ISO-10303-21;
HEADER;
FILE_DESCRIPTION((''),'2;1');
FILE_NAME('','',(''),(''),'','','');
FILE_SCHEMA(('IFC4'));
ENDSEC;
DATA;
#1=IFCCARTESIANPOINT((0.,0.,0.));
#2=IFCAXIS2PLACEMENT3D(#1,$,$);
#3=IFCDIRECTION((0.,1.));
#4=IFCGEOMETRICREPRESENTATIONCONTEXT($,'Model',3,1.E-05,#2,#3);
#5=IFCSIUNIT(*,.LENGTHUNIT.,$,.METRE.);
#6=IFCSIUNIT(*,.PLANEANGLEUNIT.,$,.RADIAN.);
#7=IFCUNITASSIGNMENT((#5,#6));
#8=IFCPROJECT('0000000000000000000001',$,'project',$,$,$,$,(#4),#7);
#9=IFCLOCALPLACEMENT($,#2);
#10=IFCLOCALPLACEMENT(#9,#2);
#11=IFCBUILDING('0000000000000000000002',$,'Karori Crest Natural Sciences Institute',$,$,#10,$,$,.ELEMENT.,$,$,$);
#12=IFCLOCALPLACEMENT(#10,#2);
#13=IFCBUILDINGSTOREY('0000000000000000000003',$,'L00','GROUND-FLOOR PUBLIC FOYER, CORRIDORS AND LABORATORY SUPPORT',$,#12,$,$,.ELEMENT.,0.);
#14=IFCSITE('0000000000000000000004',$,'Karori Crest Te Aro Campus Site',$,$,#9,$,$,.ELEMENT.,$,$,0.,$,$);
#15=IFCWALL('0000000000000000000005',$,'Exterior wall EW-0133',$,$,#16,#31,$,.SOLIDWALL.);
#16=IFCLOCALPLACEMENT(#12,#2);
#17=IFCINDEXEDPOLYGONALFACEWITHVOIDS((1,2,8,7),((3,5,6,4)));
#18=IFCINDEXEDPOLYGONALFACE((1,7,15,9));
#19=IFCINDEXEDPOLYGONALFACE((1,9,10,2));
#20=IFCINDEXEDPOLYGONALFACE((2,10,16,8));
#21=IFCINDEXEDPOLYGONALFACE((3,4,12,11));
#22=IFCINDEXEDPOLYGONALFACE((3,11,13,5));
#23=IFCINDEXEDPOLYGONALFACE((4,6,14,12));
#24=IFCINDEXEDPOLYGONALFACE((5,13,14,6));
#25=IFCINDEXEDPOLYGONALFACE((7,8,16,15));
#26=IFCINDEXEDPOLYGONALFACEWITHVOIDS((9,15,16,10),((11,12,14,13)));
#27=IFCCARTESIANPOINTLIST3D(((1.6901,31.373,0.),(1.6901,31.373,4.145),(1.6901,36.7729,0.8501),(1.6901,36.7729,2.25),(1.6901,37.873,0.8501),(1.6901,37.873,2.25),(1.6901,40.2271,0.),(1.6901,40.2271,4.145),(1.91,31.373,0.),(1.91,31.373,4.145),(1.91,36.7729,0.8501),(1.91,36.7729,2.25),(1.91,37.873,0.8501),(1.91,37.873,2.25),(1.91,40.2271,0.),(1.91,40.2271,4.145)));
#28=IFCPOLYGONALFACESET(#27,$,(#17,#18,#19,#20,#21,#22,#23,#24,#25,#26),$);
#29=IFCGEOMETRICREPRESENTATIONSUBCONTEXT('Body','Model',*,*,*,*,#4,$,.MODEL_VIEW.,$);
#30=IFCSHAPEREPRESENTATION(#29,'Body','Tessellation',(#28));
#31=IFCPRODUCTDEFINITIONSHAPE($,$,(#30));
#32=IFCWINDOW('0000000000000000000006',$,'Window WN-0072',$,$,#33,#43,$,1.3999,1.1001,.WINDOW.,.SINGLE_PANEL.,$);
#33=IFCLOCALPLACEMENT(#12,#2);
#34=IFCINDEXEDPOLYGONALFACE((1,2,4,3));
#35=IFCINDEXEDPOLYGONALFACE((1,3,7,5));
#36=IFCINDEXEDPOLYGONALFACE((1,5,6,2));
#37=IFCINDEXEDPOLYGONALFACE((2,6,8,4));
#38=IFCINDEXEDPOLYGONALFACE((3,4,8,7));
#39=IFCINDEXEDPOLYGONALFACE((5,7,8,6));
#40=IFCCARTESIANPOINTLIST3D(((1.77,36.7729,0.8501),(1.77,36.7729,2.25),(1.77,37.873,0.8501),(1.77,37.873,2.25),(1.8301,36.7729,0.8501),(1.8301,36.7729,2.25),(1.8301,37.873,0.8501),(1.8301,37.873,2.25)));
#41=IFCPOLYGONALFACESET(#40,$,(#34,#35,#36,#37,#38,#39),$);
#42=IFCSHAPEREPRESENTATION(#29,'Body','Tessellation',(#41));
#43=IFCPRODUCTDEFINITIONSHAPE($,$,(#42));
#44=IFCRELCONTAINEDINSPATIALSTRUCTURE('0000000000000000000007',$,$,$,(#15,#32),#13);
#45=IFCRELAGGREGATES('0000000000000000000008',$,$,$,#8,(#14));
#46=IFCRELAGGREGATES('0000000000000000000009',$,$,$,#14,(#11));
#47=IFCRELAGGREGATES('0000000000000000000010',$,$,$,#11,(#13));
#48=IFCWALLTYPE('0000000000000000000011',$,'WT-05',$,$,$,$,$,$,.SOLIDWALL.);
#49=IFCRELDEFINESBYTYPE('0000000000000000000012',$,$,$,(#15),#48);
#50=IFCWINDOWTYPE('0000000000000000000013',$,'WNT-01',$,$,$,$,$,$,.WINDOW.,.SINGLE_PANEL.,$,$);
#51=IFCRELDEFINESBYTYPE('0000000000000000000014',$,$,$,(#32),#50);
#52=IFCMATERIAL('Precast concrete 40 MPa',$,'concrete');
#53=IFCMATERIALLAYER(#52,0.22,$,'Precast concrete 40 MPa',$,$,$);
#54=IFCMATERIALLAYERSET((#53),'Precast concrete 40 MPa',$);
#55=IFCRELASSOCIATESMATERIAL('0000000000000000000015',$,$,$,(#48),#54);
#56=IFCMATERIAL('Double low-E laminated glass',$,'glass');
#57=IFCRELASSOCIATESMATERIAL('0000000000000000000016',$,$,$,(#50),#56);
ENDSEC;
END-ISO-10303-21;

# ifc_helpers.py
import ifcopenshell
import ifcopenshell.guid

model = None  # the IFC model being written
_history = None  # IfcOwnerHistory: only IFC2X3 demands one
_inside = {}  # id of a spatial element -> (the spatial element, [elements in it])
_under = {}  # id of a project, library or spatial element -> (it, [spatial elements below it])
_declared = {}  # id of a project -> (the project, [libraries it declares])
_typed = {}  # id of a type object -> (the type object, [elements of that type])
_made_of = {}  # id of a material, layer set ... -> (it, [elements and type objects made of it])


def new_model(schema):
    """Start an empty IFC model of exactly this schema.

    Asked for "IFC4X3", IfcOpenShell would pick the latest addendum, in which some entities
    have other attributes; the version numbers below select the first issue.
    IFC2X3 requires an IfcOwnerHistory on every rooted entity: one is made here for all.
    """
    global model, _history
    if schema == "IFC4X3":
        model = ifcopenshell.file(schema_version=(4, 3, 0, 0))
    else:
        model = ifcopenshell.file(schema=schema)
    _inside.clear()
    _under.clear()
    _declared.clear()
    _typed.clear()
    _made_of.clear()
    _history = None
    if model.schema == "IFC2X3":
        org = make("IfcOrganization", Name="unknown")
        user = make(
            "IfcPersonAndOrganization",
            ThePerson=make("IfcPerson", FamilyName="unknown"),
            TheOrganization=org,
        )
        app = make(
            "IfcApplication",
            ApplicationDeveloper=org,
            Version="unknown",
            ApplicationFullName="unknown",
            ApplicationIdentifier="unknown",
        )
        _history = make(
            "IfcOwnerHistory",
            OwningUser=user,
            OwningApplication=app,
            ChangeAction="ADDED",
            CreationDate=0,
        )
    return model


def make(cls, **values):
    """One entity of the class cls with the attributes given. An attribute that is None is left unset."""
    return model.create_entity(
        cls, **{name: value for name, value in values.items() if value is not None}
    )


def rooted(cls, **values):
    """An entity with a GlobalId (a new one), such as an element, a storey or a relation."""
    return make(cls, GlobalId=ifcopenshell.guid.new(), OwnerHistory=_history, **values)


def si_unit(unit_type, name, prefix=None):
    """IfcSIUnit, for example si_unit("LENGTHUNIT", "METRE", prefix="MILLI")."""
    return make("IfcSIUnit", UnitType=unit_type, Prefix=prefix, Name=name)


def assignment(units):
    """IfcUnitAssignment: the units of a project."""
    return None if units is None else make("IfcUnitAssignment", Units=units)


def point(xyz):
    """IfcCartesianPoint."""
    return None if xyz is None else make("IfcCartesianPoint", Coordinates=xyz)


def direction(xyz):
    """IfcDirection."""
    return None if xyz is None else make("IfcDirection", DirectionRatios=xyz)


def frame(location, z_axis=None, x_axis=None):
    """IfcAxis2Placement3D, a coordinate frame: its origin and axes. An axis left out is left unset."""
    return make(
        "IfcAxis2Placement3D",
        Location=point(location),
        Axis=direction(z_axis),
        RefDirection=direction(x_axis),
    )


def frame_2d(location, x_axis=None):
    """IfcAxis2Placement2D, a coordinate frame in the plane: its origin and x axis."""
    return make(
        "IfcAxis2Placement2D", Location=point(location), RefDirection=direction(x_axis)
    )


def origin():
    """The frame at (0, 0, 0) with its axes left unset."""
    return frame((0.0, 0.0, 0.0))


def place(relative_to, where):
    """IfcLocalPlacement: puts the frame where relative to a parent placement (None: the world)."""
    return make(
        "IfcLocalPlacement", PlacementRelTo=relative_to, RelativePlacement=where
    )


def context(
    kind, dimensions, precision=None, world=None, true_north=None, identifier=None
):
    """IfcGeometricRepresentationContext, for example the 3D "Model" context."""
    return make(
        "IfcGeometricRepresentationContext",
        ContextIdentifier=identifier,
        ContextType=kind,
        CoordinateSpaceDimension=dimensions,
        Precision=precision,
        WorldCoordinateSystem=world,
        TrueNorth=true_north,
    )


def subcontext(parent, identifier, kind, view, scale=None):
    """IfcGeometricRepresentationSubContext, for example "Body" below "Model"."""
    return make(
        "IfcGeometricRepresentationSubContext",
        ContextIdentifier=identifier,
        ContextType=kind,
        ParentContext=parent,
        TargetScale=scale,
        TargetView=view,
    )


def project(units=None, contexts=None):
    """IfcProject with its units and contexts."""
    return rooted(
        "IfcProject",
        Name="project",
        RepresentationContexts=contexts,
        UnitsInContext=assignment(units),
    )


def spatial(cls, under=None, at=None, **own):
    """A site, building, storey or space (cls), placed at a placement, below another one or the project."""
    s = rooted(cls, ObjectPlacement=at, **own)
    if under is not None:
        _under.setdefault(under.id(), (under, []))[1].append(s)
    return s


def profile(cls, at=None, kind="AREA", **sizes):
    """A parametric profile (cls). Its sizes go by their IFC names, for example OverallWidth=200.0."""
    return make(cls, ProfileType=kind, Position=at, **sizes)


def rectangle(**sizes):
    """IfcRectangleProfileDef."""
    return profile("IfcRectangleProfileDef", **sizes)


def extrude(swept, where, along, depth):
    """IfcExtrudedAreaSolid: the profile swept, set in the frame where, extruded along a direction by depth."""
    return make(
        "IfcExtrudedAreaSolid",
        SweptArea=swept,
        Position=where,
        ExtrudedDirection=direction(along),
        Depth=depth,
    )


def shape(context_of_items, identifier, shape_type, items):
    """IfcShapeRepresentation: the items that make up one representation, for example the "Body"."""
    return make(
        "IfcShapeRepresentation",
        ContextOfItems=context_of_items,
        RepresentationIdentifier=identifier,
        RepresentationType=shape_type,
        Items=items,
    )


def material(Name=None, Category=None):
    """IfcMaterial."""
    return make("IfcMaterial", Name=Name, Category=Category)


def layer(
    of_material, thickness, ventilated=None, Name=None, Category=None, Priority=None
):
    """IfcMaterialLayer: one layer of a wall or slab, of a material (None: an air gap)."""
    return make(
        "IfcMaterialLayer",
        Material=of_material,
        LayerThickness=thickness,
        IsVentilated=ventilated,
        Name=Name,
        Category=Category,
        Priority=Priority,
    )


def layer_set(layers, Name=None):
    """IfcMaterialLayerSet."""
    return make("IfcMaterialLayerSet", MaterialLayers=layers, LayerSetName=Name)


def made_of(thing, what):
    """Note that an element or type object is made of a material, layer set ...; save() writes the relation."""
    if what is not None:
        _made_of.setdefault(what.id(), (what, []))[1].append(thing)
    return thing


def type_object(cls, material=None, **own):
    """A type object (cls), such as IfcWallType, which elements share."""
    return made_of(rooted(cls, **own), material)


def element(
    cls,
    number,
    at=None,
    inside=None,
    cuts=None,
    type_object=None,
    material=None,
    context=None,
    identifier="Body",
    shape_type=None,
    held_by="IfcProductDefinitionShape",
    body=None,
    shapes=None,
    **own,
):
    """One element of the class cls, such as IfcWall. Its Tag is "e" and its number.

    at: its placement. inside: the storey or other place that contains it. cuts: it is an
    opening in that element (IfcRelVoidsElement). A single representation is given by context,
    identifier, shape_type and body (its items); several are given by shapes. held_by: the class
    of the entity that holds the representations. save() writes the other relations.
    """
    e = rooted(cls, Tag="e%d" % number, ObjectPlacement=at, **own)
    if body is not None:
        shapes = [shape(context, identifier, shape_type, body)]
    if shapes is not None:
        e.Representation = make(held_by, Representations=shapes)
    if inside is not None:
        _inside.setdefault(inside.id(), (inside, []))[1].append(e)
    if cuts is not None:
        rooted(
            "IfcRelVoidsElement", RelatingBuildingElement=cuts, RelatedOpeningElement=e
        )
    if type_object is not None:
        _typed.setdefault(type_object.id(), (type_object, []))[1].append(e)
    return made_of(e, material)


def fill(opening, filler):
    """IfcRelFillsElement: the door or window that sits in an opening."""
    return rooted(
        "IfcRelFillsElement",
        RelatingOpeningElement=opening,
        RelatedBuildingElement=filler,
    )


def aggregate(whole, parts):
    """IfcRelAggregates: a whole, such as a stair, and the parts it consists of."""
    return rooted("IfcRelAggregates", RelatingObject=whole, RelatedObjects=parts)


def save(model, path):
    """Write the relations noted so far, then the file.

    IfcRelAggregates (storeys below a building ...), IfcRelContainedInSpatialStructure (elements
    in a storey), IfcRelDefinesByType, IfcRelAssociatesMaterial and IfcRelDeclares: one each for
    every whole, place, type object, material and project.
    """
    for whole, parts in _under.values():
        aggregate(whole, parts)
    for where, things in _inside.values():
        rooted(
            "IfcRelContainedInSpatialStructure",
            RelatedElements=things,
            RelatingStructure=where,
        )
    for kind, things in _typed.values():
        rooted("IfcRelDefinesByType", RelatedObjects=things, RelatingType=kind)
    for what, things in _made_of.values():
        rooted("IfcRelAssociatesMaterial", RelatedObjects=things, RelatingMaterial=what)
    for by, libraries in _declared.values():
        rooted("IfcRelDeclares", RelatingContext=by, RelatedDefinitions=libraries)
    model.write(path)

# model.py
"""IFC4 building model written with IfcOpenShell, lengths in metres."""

from ifc_helpers import new_model, si_unit, direction, frame, frame_2d, origin, place, context, subcontext, project, spatial, rectangle, extrude, material, layer, layer_set, type_object, element, fill, save


model = new_model("IFC4")

# Units and contexts
model_context = context("Model", 3, precision=1e-05, world=origin(), true_north=direction((0.0, 1.0)))
body_context = subcontext(model_context, "Body", "Model", "MODEL_VIEW")
ifc_project = project(units=[si_unit("LENGTHUNIT", "METRE"), si_unit("PLANEANGLEUNIT", "RADIAN")], contexts=[model_context])

# Site, building, storey
site_placement = place(None, origin())
site = spatial("IfcSite", under=ifc_project, at=site_placement, Name="Karori Crest Te Aro Campus Site", CompositionType="ELEMENT", RefElevation=0.0)
building_placement = place(site_placement, origin())
building = spatial("IfcBuilding", under=site, at=building_placement, Name="Karori Crest Natural Sciences Institute", CompositionType="ELEMENT")
storey_placement = place(building_placement, origin())
storey = spatial("IfcBuildingStorey", under=building, at=storey_placement, Name="L00", Description="GROUND-FLOOR PUBLIC FOYER, CORRIDORS AND LABORATORY SUPPORT", CompositionType="ELEMENT", Elevation=0.0)

# Shared definitions
ifc_material_1 = material(Name="Double low-E laminated glass", Category="glass")

# Wall, opening, window
ifc_material_2 = material(Name="Precast concrete 40 MPa", Category="concrete")
ifc_layer_1 = layer(ifc_material_2, 0.22, Name="Precast concrete 40 MPa")
ifc_layer_set_1 = layer_set([ifc_layer_1], Name="Precast concrete 40 MPa")
wall_type_1 = type_object("IfcWallType", Name="WT-05", PredefinedType="SOLIDWALL", material=ifc_layer_set_1)
wall_1_placement = place(storey_placement, frame((1.8, 31.373, 0.0), z_axis=(0.0, 0.0, 1.0), x_axis=(0.0, 1.0, 0.0)))
wall_1 = element("IfcWall", 1, at=wall_1_placement, inside=storey, type_object=wall_type_1, Name="Exterior wall EW-0133", PredefinedType="SOLIDWALL", context=body_context, shape_type="SweptSolid", body=[
    extrude(rectangle(XDim=8.854, YDim=0.22, at=frame_2d((4.427, 0.0))), origin(), (0.0, 0.0, 1.0), 4.145),
])
opening_1_placement = place(wall_1_placement, frame((5.3999, 0.0, 0.8501)))
opening_1 = element("IfcOpeningElement", 2, at=opening_1_placement, cuts=wall_1, PredefinedType="OPENING", context=body_context, shape_type="SweptSolid", body=[
    extrude(rectangle(XDim=1.1001, YDim=1.3999, at=frame_2d((0.55, 0.7))), frame((0.0, 0.1201, 0.0), z_axis=(0.0, -1.0, 0.0), x_axis=(1.0, 0.0, 0.0)), (0.0, 0.0, 1.0), 0.24),
])
window_type = type_object("IfcWindowType", Name="WNT-01", PartitioningType="SINGLE_PANEL", PredefinedType="WINDOW", material=ifc_material_1)
window_placement = place(opening_1_placement, origin())
window = element("IfcWindow", 3, at=window_placement, inside=storey, type_object=window_type, Name="Window WN-0072", OverallHeight=1.3999, OverallWidth=1.1001, PartitioningType="SINGLE_PANEL", PredefinedType="WINDOW", context=body_context, shape_type="SweptSolid", body=[
    extrude(rectangle(XDim=1.1001, YDim=1.3999, at=frame_2d((0.55, 0.7))), frame((0.0, 0.03, 0.0), z_axis=(0.0, -1.0, 0.0), x_axis=(1.0, 0.0, 0.0)), (0.0, 0.0, 1.0), 0.0601),
])
fill(opening_1, window)

save(model, "model.ifc")
